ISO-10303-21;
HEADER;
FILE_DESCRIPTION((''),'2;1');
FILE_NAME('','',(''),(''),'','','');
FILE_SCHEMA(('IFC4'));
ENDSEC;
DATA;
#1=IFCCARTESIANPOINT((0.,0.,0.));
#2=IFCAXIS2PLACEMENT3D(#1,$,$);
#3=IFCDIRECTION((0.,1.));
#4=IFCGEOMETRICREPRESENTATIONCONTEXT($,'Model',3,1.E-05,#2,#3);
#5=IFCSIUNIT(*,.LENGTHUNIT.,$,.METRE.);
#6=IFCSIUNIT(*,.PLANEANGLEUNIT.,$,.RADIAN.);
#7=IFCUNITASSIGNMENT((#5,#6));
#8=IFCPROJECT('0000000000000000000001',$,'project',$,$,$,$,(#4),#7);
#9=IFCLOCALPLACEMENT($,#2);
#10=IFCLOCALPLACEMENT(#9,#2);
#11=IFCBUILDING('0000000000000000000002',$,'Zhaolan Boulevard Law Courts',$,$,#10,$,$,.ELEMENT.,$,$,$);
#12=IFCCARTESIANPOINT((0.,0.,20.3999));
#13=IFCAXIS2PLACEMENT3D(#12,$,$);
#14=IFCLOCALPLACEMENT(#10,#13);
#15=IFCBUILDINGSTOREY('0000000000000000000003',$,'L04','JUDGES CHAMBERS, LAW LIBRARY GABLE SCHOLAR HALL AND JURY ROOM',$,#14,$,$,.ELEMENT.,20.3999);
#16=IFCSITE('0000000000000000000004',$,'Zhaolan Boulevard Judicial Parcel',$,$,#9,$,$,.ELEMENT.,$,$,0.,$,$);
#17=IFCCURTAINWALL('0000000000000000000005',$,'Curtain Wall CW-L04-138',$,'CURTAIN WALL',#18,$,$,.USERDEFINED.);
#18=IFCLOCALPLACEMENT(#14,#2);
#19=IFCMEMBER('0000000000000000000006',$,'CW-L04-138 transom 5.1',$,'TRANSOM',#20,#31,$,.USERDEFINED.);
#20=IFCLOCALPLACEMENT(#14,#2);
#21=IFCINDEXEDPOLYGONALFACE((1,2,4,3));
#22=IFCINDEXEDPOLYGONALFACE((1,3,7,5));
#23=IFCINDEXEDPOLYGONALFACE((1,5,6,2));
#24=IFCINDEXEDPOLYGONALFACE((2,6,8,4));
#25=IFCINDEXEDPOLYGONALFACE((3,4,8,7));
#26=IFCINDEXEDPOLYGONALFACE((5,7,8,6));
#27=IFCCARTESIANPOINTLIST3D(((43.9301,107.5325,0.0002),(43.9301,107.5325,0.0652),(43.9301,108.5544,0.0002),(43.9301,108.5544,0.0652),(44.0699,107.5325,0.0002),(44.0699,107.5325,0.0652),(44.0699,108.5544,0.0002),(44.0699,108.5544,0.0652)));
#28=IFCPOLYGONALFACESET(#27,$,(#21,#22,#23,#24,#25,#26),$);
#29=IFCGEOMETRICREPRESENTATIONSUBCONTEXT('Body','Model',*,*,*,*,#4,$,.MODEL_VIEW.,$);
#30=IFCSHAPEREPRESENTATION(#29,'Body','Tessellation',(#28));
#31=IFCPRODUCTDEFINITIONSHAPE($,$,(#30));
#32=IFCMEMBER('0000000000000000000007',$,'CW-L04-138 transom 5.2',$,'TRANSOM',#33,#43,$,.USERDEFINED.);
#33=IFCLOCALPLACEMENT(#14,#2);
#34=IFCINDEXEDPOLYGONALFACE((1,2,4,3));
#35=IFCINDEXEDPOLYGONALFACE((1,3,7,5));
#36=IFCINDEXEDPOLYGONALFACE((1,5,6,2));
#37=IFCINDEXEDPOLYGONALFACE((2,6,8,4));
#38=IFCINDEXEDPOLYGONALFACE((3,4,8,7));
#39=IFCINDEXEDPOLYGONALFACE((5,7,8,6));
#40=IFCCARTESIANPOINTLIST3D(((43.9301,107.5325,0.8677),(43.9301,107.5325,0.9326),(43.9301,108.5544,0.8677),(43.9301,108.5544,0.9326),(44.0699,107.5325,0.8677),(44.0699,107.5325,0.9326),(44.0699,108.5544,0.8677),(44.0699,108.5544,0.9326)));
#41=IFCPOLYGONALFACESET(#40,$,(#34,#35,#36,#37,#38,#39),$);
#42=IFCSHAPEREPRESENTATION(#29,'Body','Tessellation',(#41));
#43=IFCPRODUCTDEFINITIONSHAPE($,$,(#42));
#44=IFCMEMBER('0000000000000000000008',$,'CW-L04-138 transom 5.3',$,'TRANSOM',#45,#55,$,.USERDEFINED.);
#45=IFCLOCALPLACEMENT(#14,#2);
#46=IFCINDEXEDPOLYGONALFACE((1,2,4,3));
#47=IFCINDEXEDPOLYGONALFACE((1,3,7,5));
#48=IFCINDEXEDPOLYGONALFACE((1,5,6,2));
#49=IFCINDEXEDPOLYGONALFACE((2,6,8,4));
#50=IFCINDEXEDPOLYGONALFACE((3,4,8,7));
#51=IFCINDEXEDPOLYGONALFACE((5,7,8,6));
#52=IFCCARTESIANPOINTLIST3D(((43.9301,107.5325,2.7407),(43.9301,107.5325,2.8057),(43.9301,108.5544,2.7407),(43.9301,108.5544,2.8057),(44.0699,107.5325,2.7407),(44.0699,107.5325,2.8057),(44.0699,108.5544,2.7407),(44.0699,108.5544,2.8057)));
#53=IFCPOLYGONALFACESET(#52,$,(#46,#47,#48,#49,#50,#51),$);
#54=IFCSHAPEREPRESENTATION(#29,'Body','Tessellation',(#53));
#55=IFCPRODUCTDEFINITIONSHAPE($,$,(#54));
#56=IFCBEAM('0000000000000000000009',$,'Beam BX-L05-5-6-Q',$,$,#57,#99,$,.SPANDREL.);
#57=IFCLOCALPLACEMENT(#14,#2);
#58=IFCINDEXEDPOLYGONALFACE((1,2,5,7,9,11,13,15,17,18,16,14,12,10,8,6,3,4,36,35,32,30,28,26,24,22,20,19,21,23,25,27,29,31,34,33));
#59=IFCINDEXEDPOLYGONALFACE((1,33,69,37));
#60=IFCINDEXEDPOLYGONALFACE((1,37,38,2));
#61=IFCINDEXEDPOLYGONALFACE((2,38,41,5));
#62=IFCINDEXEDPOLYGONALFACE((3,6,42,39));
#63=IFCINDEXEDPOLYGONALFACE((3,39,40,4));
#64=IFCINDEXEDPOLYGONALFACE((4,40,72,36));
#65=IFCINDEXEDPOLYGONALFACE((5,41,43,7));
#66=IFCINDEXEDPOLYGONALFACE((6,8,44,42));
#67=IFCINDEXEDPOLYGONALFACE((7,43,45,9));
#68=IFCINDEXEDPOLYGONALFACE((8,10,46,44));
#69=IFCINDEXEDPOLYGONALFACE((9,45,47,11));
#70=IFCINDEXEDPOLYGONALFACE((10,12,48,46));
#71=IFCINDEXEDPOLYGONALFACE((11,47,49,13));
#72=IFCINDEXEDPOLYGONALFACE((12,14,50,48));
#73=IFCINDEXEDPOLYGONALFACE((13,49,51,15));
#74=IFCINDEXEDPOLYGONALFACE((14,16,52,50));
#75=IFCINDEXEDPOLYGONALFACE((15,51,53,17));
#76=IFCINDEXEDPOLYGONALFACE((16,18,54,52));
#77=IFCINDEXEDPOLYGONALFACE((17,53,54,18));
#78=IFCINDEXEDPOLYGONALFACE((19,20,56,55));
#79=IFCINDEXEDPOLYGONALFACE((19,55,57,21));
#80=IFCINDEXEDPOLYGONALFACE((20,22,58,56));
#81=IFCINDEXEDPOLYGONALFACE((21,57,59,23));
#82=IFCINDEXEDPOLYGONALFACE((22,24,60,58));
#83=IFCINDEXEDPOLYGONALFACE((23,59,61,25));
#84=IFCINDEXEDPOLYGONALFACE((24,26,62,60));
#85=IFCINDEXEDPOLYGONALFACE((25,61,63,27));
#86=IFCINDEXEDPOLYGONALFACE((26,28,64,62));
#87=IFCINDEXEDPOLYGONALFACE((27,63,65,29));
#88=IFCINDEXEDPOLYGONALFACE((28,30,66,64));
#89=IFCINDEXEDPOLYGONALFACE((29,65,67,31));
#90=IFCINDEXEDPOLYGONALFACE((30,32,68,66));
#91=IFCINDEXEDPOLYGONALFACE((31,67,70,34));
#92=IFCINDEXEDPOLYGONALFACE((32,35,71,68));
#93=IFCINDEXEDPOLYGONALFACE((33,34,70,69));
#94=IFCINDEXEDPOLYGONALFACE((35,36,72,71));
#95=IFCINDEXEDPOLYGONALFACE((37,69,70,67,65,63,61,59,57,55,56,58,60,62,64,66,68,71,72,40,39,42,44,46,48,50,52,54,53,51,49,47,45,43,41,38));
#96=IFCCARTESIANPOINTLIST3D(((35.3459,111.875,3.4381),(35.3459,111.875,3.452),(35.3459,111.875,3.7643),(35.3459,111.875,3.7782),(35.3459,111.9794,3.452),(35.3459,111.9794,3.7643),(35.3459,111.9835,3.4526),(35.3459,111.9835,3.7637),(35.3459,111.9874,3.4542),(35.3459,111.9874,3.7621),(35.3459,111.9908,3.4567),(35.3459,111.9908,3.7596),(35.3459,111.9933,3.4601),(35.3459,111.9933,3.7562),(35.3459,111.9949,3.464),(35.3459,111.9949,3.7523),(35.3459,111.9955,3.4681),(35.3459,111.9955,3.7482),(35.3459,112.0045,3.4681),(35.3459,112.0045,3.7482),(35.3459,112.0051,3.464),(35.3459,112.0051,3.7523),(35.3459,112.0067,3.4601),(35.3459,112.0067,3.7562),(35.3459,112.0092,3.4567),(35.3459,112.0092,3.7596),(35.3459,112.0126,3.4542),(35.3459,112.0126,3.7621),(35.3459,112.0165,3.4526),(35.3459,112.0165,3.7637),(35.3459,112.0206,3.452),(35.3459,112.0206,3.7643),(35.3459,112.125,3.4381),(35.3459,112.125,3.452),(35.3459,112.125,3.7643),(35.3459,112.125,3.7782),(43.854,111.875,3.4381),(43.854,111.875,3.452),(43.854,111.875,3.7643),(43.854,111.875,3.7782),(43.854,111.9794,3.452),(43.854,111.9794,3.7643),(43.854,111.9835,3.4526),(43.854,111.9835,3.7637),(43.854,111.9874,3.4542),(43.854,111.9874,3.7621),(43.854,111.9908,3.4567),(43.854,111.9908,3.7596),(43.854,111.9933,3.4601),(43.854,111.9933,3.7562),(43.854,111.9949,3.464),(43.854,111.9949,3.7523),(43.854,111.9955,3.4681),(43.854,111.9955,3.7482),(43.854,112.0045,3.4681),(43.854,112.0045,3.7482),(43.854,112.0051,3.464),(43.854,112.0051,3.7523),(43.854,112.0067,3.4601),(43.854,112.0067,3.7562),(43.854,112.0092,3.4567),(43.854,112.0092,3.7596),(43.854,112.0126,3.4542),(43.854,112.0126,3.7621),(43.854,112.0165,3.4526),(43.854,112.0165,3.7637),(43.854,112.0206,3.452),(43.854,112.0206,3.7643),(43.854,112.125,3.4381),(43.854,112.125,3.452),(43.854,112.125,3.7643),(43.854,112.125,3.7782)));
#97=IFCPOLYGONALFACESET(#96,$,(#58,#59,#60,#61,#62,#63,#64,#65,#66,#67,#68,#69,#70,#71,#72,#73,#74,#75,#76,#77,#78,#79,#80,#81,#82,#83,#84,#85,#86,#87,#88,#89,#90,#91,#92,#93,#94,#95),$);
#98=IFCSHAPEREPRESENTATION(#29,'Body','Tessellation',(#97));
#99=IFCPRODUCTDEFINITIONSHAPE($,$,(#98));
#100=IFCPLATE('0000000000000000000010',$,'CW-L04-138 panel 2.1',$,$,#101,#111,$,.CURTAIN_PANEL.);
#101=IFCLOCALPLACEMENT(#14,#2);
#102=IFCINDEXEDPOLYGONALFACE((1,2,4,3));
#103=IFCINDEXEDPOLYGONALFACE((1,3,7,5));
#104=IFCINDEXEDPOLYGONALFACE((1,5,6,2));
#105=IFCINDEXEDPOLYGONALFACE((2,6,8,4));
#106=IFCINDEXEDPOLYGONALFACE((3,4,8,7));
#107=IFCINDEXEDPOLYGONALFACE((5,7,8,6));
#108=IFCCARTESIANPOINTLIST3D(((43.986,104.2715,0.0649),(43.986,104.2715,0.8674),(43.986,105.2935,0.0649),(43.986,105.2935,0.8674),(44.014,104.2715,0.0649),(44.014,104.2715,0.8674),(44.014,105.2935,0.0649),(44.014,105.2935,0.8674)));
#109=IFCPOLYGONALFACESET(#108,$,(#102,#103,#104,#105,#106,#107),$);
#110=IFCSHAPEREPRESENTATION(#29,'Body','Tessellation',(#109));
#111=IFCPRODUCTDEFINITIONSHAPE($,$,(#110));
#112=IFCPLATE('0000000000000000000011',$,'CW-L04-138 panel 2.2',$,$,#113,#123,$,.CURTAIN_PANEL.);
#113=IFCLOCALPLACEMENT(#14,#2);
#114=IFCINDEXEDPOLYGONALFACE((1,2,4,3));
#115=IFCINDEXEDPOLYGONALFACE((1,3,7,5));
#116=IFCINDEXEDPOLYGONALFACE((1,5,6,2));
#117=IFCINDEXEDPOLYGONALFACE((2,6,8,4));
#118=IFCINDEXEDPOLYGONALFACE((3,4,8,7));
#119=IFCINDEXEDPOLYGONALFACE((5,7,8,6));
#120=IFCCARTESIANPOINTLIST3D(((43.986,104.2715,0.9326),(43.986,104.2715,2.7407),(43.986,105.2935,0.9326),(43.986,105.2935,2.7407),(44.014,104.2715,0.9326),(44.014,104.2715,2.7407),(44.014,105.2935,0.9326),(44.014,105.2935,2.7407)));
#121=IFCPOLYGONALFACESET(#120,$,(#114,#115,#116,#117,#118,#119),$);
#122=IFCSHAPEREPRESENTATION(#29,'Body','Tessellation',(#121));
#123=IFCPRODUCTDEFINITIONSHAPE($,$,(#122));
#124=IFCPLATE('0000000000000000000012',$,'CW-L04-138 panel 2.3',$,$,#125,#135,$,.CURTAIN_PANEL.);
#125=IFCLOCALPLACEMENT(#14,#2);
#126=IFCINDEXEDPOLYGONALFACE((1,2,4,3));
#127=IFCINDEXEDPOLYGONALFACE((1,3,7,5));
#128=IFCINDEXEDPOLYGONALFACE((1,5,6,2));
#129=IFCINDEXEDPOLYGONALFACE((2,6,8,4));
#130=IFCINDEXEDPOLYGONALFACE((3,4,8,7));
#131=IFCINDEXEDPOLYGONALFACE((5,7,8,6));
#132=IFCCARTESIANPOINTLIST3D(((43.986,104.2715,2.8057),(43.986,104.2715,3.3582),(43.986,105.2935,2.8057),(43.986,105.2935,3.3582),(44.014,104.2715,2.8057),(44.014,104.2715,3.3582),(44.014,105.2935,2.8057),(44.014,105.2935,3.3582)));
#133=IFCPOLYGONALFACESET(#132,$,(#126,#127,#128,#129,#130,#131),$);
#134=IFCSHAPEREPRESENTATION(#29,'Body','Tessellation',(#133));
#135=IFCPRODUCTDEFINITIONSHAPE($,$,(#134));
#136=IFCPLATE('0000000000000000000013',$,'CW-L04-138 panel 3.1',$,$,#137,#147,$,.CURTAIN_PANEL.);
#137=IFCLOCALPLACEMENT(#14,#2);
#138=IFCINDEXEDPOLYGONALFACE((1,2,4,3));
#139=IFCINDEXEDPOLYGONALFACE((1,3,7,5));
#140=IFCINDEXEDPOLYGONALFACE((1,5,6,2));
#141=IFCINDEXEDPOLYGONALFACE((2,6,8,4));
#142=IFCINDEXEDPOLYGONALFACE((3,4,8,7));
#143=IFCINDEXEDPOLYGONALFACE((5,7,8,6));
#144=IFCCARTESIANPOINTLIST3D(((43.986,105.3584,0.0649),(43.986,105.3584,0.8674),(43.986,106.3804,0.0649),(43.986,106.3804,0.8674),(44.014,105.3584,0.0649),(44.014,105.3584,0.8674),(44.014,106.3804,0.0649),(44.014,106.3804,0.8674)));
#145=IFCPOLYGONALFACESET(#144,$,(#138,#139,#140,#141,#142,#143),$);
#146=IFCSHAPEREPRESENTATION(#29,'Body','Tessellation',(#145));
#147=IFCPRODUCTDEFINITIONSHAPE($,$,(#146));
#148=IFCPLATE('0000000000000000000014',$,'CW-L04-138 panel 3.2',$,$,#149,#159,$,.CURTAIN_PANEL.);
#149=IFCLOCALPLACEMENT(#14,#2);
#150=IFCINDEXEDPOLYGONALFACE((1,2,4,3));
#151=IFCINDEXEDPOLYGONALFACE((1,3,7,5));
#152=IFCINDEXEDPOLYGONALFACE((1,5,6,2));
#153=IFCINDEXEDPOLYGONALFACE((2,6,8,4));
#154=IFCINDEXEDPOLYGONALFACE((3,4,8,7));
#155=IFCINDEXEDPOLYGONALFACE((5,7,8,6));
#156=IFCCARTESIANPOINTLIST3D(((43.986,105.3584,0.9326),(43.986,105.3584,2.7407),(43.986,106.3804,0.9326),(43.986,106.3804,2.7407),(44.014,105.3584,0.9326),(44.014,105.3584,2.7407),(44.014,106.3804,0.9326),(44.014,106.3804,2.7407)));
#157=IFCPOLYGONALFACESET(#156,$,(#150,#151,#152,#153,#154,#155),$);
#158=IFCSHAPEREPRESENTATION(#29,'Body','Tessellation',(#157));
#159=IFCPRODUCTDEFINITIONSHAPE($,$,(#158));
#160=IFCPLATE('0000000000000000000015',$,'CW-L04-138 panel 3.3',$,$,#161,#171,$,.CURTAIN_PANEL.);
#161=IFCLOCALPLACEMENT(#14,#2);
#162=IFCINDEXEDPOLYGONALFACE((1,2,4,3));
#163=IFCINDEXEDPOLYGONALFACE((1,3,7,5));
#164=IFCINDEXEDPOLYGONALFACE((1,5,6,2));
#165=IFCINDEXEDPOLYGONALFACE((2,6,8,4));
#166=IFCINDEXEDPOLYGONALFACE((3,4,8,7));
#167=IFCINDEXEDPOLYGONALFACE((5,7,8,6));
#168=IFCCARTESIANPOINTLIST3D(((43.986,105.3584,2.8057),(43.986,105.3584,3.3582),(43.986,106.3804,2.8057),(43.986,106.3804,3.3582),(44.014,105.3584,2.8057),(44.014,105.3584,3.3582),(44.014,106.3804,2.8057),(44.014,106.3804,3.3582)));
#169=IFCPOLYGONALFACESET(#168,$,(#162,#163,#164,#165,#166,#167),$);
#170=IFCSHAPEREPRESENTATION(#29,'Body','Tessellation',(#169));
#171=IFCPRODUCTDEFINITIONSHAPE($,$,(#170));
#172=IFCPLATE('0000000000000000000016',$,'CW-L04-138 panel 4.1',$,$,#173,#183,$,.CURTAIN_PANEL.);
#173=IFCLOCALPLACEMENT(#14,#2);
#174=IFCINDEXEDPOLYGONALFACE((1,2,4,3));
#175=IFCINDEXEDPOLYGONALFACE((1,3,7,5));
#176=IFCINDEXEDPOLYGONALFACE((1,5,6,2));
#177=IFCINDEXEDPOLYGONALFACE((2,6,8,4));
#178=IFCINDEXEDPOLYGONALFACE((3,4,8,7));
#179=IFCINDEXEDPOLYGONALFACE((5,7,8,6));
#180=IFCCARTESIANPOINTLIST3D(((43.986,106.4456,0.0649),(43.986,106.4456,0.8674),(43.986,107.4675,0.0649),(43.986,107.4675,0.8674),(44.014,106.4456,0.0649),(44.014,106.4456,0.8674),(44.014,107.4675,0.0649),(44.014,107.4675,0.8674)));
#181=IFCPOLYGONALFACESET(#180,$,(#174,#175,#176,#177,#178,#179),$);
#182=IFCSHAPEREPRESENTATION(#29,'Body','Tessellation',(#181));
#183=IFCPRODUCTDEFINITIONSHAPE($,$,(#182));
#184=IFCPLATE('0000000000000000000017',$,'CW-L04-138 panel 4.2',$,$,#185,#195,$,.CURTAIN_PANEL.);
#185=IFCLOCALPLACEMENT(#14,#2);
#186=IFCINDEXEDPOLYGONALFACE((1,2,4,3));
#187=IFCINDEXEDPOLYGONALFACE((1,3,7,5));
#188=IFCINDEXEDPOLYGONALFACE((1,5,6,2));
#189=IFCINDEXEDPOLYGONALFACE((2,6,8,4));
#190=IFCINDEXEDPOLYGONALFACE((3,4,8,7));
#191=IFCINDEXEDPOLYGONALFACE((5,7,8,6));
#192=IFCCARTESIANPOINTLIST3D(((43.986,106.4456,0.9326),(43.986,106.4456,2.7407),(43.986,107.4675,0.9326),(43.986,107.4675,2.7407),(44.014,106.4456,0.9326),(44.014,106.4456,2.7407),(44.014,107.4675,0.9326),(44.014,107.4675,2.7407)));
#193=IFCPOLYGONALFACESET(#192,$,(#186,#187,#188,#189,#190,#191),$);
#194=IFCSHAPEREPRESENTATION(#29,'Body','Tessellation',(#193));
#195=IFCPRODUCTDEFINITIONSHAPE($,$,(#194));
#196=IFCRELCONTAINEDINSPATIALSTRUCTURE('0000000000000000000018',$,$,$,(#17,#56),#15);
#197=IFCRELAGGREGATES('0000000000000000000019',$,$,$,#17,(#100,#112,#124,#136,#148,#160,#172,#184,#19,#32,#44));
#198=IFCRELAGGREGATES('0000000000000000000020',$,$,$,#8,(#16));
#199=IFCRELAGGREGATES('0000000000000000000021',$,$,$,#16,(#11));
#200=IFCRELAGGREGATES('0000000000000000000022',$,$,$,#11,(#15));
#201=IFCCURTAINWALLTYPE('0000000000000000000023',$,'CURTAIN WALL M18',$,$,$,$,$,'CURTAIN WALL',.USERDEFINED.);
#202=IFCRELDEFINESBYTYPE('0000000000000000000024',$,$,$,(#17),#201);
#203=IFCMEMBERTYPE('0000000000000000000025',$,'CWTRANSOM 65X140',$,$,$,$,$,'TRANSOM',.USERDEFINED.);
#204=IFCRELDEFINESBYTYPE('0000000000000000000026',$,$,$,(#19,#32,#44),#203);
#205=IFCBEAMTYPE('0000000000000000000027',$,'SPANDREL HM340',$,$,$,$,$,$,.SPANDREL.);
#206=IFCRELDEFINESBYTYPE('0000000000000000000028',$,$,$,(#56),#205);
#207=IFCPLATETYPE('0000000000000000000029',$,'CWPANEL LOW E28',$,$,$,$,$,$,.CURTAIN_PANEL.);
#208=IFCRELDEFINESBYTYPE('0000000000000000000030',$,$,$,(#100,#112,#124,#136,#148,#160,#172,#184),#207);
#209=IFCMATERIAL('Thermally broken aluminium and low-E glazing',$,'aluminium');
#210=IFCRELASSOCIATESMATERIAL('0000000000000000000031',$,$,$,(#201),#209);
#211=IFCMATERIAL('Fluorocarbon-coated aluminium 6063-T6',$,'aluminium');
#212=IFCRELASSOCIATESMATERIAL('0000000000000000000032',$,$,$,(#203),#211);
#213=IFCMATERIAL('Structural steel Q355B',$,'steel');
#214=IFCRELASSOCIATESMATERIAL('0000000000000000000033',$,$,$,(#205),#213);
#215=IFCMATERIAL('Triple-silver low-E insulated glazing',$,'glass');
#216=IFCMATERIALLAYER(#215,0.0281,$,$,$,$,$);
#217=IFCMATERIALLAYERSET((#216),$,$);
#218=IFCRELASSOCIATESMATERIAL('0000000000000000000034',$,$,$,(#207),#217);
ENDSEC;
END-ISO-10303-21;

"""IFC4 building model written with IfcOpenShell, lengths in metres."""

from ifc_helpers import new_model, si_unit, direction, frame, origin, origin_2d, place, context, subcontext, project, spatial, rectangle, i_section, extrude, material, layer, layer_set, material_profile, profile_set, type_object, element, aggregate, save


model = new_model("IFC4")

# Units and contexts
model_context = context("Model", 3, precision=1e-05, world=origin(), true_north=direction((0.0, 1.0)))
body_context = subcontext(model_context, "Body", "Model", "MODEL_VIEW")
ifc_project = project(units=[si_unit("LENGTHUNIT", "METRE"), si_unit("PLANEANGLEUNIT", "RADIAN")], contexts=[model_context])

# Site, building, storey
site_placement = place(None, origin())
site = spatial("IfcSite", under=ifc_project, at=site_placement, Name="Zhaolan Boulevard Judicial Parcel", CompositionType="ELEMENT", RefElevation=0.0)
building_placement = place(site_placement, origin())
building = spatial("IfcBuilding", under=site, at=building_placement, Name="Zhaolan Boulevard Law Courts", CompositionType="ELEMENT")
storey_placement = place(building_placement, frame((0.0, 0.0, 20.3999)))
storey = spatial("IfcBuildingStorey", under=building, at=storey_placement, Name="L04", Description="JUDGES CHAMBERS, LAW LIBRARY GABLE SCHOLAR HALL AND JURY ROOM", CompositionType="ELEMENT", Elevation=20.3999)

# Curtain wall, members
ifc_material_1 = material(Name="Thermally broken aluminium and low-E glazing", Category="aluminium")
curtain_wall_type = type_object("IfcCurtainWallType", Name="CURTAIN WALL M18", ElementType="CURTAIN WALL", PredefinedType="USERDEFINED", material=ifc_material_1)
curtain_wall_placement = place(storey_placement, origin())
curtain_wall = element("IfcCurtainWall", 1, at=curtain_wall_placement, inside=storey, type_object=curtain_wall_type, Name="Curtain Wall CW-L04-138", ObjectType="CURTAIN WALL", PredefinedType="USERDEFINED")
ifc_material_2 = material(Name="Fluorocarbon-coated aluminium 6063-T6", Category="aluminium")
ifc_material_profile_1 = material_profile(ifc_material_2, rectangle(XDim=0.1399, YDim=0.0649, at=origin_2d()), Name="AL65x140")
ifc_profile_set_1 = profile_set([ifc_material_profile_1], Name="Fluorocarbon-coated aluminium 6063-T6")
member_type_1 = type_object("IfcMemberType", Name="CWTRANSOM 65X140", ElementType="TRANSOM", PredefinedType="USERDEFINED", material=ifc_profile_set_1)
member_1_placement = place(storey_placement, frame((44.0, 107.5325, 0.0327), z_axis=(0.0, 1.0, 0.0), x_axis=(-1.0, 0.0, 0.0)))
member_1 = element("IfcMember", 2, at=member_1_placement, type_object=member_type_1, Name="CW-L04-138 transom 5.1", ObjectType="TRANSOM", PredefinedType="USERDEFINED", context=body_context, shape_type="SweptSolid", body=[
    extrude(rectangle(XDim=0.1399, YDim=0.0649, at=origin_2d()), origin(), (0.0, 0.0, 1.0), 1.022),
])
member_2_placement = place(storey_placement, frame((44.0, 107.5325, 0.9001), z_axis=(0.0, 1.0, 0.0), x_axis=(-1.0, 0.0, 0.0)))
member_2 = element("IfcMember", 3, at=member_2_placement, type_object=member_type_1, Name="CW-L04-138 transom 5.2", ObjectType="TRANSOM", PredefinedType="USERDEFINED", context=body_context, shape_type="SweptSolid", body=[
    extrude(rectangle(XDim=0.1399, YDim=0.0649, at=origin_2d()), origin(), (0.0, 0.0, 1.0), 1.022),
])
member_3_placement = place(storey_placement, frame((44.0, 107.5325, 2.7732), z_axis=(0.0, 1.0, 0.0), x_axis=(-1.0, 0.0, 0.0)))
member_3 = element("IfcMember", 4, at=member_3_placement, type_object=member_type_1, Name="CW-L04-138 transom 5.3", ObjectType="TRANSOM", PredefinedType="USERDEFINED", context=body_context, shape_type="SweptSolid", body=[
    extrude(rectangle(XDim=0.1399, YDim=0.0649, at=origin_2d()), origin(), (0.0, 0.0, 1.0), 1.022),
])

# Beam
ifc_material_3 = material(Name="Structural steel Q355B", Category="steel")
ifc_material_profile_2 = material_profile(ifc_material_3, i_section(OverallWidth=0.25, OverallDepth=0.3401, WebThickness=0.009, FlangeThickness=0.0139, FilletRadius=0.0161, at=origin_2d()), Name="HM340x250")
ifc_profile_set_2 = profile_set([ifc_material_profile_2], Name="Structural steel Q355B")
beam_type = type_object("IfcBeamType", Name="SPANDREL HM340", PredefinedType="SPANDREL", material=ifc_profile_set_2)
beam_placement = place(storey_placement, frame((35.3459, 112.0, 3.6082), z_axis=(1.0, 0.0, 0.0), x_axis=(0.0, 1.0, 0.0)))
element("IfcBeam", 5, at=beam_placement, inside=storey, type_object=beam_type, Name="Beam BX-L05-5-6-Q", PredefinedType="SPANDREL", context=body_context, shape_type="SweptSolid", body=[
    extrude(i_section(OverallWidth=0.25, OverallDepth=0.3401, WebThickness=0.009, FlangeThickness=0.0139, FilletRadius=0.0161, at=origin_2d()), origin(), (0.0, 0.0, 1.0), 8.5081),
])

# Plates
ifc_material_4 = material(Name="Triple-silver low-E insulated glazing", Category="glass")
ifc_layer_1 = layer(ifc_material_4, 0.0281)
ifc_layer_set_1 = layer_set([ifc_layer_1])
plate_type_1 = type_object("IfcPlateType", Name="CWPANEL LOW E28", PredefinedType="CURTAIN_PANEL", material=ifc_layer_set_1)
plate_1_placement = place(storey_placement, frame((44.0, 104.7825, 0.0649), z_axis=(0.0, 0.0, 1.0), x_axis=(0.0, 1.0, 0.0)))
plate_1 = element("IfcPlate", 6, at=plate_1_placement, type_object=plate_type_1, Name="CW-L04-138 panel 2.1", PredefinedType="CURTAIN_PANEL", context=body_context, shape_type="SweptSolid", body=[
    extrude(rectangle(XDim=1.022, YDim=0.0281, at=origin_2d()), origin(), (0.0, 0.0, 1.0), 0.8025),
])
plate_2_placement = place(storey_placement, frame((44.0, 104.7825, 0.9326), z_axis=(0.0, 0.0, 1.0), x_axis=(0.0, 1.0, 0.0)))
plate_2 = element("IfcPlate", 7, at=plate_2_placement, type_object=plate_type_1, Name="CW-L04-138 panel 2.2", PredefinedType="CURTAIN_PANEL", context=body_context, shape_type="SweptSolid", body=[
    extrude(rectangle(XDim=1.022, YDim=0.0281, at=origin_2d()), origin(), (0.0, 0.0, 1.0), 1.8081),
])
plate_3_placement = place(storey_placement, frame((44.0, 104.7825, 2.8057), z_axis=(0.0, 0.0, 1.0), x_axis=(0.0, 1.0, 0.0)))
plate_3 = element("IfcPlate", 8, at=plate_3_placement, type_object=plate_type_1, Name="CW-L04-138 panel 2.3", PredefinedType="CURTAIN_PANEL", context=body_context, shape_type="SweptSolid", body=[
    extrude(rectangle(XDim=1.022, YDim=0.0281, at=origin_2d()), origin(), (0.0, 0.0, 1.0), 0.5525),
])
plate_4_placement = place(storey_placement, frame((44.0, 105.8694, 0.0649), z_axis=(0.0, 0.0, 1.0), x_axis=(0.0, 1.0, 0.0)))
plate_4 = element("IfcPlate", 9, at=plate_4_placement, type_object=plate_type_1, Name="CW-L04-138 panel 3.1", PredefinedType="CURTAIN_PANEL", context=body_context, shape_type="SweptSolid", body=[
    extrude(rectangle(XDim=1.022, YDim=0.0281, at=origin_2d()), origin(), (0.0, 0.0, 1.0), 0.8025),
])
plate_5_placement = place(storey_placement, frame((44.0, 105.8694, 0.9326), z_axis=(0.0, 0.0, 1.0), x_axis=(0.0, 1.0, 0.0)))
plate_5 = element("IfcPlate", 10, at=plate_5_placement, type_object=plate_type_1, Name="CW-L04-138 panel 3.2", PredefinedType="CURTAIN_PANEL", context=body_context, shape_type="SweptSolid", body=[
    extrude(rectangle(XDim=1.022, YDim=0.0281, at=origin_2d()), origin(), (0.0, 0.0, 1.0), 1.8081),
])
plate_6_placement = place(storey_placement, frame((44.0, 105.8694, 2.8057), z_axis=(0.0, 0.0, 1.0), x_axis=(0.0, 1.0, 0.0)))
plate_6 = element("IfcPlate", 11, at=plate_6_placement, type_object=plate_type_1, Name="CW-L04-138 panel 3.3", PredefinedType="CURTAIN_PANEL", context=body_context, shape_type="SweptSolid", body=[
    extrude(rectangle(XDim=1.022, YDim=0.0281, at=origin_2d()), origin(), (0.0, 0.0, 1.0), 0.5525),
])
plate_7_placement = place(storey_placement, frame((44.0, 106.9565, 0.0649), z_axis=(0.0, 0.0, 1.0), x_axis=(0.0, 1.0, 0.0)))
plate_7 = element("IfcPlate", 12, at=plate_7_placement, type_object=plate_type_1, Name="CW-L04-138 panel 4.1", PredefinedType="CURTAIN_PANEL", context=body_context, shape_type="SweptSolid", body=[
    extrude(rectangle(XDim=1.022, YDim=0.0281, at=origin_2d()), origin(), (0.0, 0.0, 1.0), 0.8025),
])
plate_8_placement = place(storey_placement, frame((44.0, 106.9565, 0.9326), z_axis=(0.0, 0.0, 1.0), x_axis=(0.0, 1.0, 0.0)))
plate_8 = element("IfcPlate", 13, at=plate_8_placement, type_object=plate_type_1, Name="CW-L04-138 panel 4.2", PredefinedType="CURTAIN_PANEL", context=body_context, shape_type="SweptSolid", body=[
    extrude(rectangle(XDim=1.022, YDim=0.0281, at=origin_2d()), origin(), (0.0, 0.0, 1.0), 1.8081),
])
aggregate(curtain_wall, [plate_1, plate_2, plate_3, plate_4, plate_5, plate_6, plate_7, plate_8, member_1, member_2, member_3])

save(model, "model.ifc")
